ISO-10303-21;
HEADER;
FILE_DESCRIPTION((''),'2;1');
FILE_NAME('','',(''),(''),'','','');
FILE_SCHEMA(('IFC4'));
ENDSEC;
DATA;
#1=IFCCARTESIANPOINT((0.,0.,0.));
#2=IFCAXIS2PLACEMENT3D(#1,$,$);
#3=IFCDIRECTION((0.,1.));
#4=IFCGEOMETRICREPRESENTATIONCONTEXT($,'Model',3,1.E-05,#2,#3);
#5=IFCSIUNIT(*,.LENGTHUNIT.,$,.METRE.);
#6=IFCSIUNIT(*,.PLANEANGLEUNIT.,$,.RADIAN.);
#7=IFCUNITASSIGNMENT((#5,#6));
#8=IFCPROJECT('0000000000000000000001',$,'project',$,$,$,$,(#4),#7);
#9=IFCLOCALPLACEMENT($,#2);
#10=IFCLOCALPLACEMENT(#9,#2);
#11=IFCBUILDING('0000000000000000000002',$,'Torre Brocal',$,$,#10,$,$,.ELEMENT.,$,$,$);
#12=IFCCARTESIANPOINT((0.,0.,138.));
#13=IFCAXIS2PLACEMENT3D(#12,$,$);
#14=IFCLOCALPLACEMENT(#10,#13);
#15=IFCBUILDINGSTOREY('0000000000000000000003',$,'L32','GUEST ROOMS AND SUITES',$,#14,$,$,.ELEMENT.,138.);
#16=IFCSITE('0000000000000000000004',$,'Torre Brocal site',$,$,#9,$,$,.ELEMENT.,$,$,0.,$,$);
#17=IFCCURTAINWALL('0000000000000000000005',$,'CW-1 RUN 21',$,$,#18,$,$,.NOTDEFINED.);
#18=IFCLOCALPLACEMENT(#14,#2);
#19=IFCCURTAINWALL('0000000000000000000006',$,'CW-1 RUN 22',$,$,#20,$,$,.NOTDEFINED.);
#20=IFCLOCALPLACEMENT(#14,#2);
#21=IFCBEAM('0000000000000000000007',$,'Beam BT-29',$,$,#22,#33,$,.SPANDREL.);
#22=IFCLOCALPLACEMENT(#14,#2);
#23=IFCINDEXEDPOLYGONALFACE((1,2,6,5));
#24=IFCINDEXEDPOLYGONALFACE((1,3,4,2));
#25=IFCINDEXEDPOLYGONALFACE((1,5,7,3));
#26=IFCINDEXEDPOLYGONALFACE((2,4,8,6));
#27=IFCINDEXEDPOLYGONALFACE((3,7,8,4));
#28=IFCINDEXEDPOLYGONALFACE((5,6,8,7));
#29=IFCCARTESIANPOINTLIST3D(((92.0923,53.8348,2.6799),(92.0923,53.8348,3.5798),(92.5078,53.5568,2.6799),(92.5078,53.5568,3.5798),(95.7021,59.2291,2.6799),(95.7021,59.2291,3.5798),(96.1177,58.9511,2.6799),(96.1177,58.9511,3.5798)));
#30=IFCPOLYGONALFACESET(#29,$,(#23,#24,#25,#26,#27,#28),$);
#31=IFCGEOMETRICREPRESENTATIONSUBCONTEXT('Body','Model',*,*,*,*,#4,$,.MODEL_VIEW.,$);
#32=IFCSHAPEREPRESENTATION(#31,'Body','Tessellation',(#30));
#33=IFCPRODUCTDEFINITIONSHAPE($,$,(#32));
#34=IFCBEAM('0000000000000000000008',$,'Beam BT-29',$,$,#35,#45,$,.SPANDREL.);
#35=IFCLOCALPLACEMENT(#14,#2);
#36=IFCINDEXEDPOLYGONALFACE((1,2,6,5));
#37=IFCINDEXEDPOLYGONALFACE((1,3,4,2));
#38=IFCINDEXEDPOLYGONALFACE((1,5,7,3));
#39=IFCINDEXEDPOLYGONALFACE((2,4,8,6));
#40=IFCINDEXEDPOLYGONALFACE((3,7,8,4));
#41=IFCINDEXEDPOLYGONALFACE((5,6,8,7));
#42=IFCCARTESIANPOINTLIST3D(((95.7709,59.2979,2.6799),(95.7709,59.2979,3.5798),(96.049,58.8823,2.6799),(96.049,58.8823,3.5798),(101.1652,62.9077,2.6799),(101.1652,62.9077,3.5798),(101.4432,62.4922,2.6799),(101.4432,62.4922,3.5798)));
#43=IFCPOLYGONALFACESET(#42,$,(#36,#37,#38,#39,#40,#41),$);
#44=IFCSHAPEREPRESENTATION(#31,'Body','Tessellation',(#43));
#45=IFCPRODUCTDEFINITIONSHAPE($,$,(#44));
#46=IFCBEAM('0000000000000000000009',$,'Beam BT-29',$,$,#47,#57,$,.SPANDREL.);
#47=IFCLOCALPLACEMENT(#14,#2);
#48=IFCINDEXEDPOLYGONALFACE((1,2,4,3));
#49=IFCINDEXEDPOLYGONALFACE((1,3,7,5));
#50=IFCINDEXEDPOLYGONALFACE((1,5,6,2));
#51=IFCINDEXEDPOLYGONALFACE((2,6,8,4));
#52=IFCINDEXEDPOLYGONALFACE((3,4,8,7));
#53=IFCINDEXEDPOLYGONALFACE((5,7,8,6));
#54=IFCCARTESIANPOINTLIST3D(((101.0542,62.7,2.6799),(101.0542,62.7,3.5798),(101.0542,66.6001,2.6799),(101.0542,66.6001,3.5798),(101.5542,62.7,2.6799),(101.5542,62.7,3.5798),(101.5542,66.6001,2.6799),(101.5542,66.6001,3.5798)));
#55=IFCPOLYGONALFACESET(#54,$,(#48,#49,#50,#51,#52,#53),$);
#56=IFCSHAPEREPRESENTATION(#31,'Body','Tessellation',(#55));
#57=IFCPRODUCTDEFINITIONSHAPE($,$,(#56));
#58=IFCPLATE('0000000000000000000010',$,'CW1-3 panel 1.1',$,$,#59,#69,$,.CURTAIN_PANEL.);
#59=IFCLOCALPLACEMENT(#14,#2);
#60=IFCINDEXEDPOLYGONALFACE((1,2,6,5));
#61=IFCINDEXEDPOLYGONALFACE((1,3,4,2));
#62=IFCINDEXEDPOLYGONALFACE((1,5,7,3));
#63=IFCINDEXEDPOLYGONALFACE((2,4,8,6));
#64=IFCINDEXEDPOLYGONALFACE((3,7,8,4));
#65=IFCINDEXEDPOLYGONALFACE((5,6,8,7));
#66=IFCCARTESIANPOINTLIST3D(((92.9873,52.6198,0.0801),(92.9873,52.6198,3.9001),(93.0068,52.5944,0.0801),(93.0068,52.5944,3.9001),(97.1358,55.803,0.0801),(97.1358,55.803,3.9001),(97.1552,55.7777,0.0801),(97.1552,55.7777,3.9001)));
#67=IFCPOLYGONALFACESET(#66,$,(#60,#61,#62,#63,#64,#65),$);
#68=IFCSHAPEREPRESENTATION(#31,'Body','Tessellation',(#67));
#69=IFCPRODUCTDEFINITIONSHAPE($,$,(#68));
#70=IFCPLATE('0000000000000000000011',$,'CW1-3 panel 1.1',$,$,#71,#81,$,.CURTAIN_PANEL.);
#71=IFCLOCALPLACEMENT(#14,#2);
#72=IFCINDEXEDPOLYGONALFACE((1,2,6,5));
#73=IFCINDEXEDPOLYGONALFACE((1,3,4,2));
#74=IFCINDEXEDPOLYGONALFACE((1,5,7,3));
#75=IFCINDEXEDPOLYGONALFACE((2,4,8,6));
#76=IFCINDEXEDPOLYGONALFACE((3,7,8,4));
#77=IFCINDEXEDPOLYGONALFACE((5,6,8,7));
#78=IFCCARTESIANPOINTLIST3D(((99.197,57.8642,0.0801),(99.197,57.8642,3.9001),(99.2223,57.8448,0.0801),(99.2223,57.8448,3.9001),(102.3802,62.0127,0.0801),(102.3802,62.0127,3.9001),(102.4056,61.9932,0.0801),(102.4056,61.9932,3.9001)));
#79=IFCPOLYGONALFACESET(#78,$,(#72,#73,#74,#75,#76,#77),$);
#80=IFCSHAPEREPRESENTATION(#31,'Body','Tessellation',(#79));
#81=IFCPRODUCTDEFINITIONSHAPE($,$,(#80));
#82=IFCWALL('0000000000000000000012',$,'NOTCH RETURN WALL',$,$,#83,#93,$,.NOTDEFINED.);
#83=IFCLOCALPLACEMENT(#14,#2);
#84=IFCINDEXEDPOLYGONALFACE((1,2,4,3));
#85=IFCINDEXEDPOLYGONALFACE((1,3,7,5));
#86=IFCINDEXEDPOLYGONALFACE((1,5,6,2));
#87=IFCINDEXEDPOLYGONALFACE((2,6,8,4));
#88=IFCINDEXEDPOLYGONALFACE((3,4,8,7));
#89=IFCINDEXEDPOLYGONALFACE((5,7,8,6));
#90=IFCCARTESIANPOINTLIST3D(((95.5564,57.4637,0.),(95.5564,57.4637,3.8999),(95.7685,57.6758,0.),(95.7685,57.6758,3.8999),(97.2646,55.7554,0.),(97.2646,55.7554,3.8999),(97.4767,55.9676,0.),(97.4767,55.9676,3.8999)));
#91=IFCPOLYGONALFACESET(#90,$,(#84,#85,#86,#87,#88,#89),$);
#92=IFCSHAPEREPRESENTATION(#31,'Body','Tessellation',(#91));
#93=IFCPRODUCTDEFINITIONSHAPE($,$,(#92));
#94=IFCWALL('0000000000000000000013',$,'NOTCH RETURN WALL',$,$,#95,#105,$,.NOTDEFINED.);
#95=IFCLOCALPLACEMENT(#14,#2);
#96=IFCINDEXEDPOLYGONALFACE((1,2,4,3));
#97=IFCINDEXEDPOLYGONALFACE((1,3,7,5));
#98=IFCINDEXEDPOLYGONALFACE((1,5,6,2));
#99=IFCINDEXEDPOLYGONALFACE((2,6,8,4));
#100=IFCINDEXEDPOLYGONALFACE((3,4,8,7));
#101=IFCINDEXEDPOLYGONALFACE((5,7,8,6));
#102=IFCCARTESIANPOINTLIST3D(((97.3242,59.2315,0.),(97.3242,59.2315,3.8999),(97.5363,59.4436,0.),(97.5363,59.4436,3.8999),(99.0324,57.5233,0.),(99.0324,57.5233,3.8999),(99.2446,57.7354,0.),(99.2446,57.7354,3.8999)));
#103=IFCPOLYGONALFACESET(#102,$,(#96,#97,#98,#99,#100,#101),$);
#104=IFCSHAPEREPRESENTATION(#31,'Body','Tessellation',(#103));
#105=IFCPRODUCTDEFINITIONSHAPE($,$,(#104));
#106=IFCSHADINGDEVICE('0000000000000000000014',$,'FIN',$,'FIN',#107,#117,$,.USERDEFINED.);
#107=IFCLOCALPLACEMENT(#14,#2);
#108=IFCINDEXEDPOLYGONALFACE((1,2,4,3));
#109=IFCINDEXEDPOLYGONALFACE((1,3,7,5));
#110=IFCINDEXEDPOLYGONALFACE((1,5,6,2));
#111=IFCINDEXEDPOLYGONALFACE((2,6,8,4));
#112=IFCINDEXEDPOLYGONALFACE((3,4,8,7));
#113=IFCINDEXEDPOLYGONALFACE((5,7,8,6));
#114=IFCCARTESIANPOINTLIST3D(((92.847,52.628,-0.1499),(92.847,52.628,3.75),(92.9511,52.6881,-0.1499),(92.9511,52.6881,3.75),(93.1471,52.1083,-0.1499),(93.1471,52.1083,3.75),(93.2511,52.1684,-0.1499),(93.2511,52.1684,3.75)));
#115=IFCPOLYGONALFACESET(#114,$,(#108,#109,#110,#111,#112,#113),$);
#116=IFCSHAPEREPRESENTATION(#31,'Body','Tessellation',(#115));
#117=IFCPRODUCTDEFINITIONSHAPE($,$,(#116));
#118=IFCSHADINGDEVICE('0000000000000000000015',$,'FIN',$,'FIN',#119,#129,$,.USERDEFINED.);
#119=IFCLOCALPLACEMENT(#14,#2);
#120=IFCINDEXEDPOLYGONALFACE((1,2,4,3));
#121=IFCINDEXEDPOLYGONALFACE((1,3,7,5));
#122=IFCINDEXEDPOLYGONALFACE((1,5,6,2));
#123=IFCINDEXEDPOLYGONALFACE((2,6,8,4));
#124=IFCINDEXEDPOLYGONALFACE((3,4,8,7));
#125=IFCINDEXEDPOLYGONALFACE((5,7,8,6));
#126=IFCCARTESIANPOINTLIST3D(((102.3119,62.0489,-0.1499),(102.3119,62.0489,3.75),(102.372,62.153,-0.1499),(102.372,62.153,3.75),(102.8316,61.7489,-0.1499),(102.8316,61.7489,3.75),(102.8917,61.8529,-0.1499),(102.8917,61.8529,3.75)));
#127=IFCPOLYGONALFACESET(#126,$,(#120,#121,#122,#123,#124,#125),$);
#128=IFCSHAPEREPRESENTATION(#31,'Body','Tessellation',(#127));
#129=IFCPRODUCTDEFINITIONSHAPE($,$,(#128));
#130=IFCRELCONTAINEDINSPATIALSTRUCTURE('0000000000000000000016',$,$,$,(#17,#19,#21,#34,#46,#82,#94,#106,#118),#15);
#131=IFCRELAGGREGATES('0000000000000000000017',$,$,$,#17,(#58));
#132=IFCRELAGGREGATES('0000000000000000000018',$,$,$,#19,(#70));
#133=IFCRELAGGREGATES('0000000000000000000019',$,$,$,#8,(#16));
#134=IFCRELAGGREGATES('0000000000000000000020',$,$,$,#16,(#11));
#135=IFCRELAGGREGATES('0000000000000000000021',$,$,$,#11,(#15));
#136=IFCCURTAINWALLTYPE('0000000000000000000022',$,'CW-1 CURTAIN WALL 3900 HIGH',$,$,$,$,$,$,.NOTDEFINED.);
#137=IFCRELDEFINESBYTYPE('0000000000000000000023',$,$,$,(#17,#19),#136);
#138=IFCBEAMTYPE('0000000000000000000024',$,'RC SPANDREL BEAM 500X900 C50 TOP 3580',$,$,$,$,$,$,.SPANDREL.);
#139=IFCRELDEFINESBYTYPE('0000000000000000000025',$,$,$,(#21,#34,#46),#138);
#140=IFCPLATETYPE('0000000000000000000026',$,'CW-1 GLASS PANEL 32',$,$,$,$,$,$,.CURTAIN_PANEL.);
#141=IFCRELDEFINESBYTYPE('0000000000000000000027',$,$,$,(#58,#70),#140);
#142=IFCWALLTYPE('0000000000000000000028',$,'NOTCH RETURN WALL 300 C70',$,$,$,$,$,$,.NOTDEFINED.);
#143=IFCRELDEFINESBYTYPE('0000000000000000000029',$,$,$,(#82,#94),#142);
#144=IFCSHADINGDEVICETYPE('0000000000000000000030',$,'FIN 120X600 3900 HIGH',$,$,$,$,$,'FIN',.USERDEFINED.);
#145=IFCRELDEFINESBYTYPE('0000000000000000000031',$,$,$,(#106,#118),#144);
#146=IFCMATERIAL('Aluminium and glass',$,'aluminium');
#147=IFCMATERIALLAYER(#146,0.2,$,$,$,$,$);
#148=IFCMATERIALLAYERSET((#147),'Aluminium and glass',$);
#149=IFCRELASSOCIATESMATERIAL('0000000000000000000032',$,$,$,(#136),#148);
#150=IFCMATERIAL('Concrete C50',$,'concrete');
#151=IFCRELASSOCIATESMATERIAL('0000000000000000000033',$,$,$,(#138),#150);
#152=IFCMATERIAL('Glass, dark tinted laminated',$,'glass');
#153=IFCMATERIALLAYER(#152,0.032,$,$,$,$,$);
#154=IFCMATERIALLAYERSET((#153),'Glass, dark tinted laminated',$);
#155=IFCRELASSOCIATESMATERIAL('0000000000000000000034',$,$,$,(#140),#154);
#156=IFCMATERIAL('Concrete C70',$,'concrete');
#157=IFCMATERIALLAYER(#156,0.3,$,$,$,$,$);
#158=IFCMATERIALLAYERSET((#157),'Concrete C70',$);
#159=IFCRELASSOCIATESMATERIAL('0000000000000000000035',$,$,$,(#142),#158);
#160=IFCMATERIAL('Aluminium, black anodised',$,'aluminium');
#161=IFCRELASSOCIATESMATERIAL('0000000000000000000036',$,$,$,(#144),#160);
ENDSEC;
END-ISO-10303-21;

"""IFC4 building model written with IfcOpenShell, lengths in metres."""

from ifc_helpers import new_model, si_unit, direction, frame, frame_2d, origin, origin_2d, place, context, subcontext, project, spatial, rectangle, extrude, material, layer, layer_set, material_profile, profile_set, type_object, element, aggregate, save


model = new_model("IFC4")

# Units and contexts
model_context = context("Model", 3, precision=1e-05, world=origin(), true_north=direction((0.0, 1.0)))
body_context = subcontext(model_context, "Body", "Model", "MODEL_VIEW")
ifc_project = project(units=[si_unit("LENGTHUNIT", "METRE"), si_unit("PLANEANGLEUNIT", "RADIAN")], contexts=[model_context])

# Site, building, storey
site_placement = place(None, origin())
site = spatial("IfcSite", under=ifc_project, at=site_placement, Name="Torre Brocal site", CompositionType="ELEMENT", RefElevation=0.0)
building_placement = place(site_placement, origin())
building = spatial("IfcBuilding", under=site, at=building_placement, Name="Torre Brocal", CompositionType="ELEMENT")
storey_placement = place(building_placement, frame((0.0, 0.0, 138.0)))
storey = spatial("IfcBuildingStorey", under=building, at=storey_placement, Name="L32", Description="GUEST ROOMS AND SUITES", CompositionType="ELEMENT", Elevation=138.0)

# Shared definitions
ifc_material_1 = material(Name="Aluminium and glass", Category="aluminium")
ifc_layer_1 = layer(ifc_material_1, 0.2)
ifc_layer_set_1 = layer_set([ifc_layer_1], Name="Aluminium and glass")
curtain_wall_type = type_object("IfcCurtainWallType", Name="CW-1 CURTAIN WALL 3900 HIGH", PredefinedType="NOTDEFINED", material=ifc_layer_set_1)

# Curtain walls
curtain_wall_1_placement = place(storey_placement, origin())
curtain_wall_1 = element("IfcCurtainWall", 1, at=curtain_wall_1_placement, inside=storey, type_object=curtain_wall_type, Name="CW-1 RUN 21", PredefinedType="NOTDEFINED")
curtain_wall_2_placement = place(storey_placement, origin())
curtain_wall_2 = element("IfcCurtainWall", 2, at=curtain_wall_2_placement, inside=storey, type_object=curtain_wall_type, Name="CW-1 RUN 22", PredefinedType="NOTDEFINED")

# Beams
ifc_material_2 = material(Name="Concrete C50", Category="concrete")
ifc_material_profile_1 = material_profile(ifc_material_2, rectangle(XDim=0.5, YDim=0.8999, at=origin_2d()), Name="RC 500X900")
ifc_profile_set_1 = profile_set([ifc_material_profile_1], Name="Concrete C50")
beam_type_1 = type_object("IfcBeamType", Name="RC SPANDREL BEAM 500X900 C50 TOP 3580", PredefinedType="SPANDREL", material=ifc_profile_set_1)
for number, where, z_axis, x_axis, name in (
    (3, (92.3, 53.6958, 3.1299), (0.556158, 0.831077, 0.0), (-0.831077, 0.556158, 0.0), "Beam BT-29"),
    (4, (95.9099, 59.0901, 3.1299), (0.831077, 0.556158, 0.0), (-0.556158, 0.831077, 0.0), "Beam BT-29"),
):
    element("IfcBeam", number, at=place(storey_placement, frame(where, z_axis=z_axis, x_axis=x_axis)), inside=storey, type_object=beam_type_1, Name=name, PredefinedType="SPANDREL", context=body_context, shape_type="SweptSolid", body=[
        extrude(rectangle(XDim=0.5, YDim=0.8999, at=origin_2d()), origin(), (0.0, 0.0, 1.0), 6.4907),
    ])
beam_1_placement = place(storey_placement, frame((101.3042, 62.7, 3.1299), z_axis=(0.0, 1.0, 0.0), x_axis=(-1.0, 0.0, 0.0)))
element("IfcBeam", 5, at=beam_1_placement, inside=storey, type_object=beam_type_1, Name="Beam BT-29", PredefinedType="SPANDREL", context=body_context, shape_type="SweptSolid", body=[
    extrude(rectangle(XDim=0.5, YDim=0.8999, at=origin_2d()), origin(), (0.0, 0.0, 1.0), 3.9001),
])

# Plates
ifc_material_3 = material(Name="Glass, dark tinted laminated", Category="glass")
ifc_layer_2 = layer(ifc_material_3, 0.032)
ifc_layer_set_2 = layer_set([ifc_layer_2], Name="Glass, dark tinted laminated")
plate_type = type_object("IfcPlateType", Name="CW-1 GLASS PANEL 32", PredefinedType="CURTAIN_PANEL", material=ifc_layer_set_2)
plate_1_placement = place(storey_placement, frame((95.0713, 54.1987, 0.0801), z_axis=(0.0, 0.0, 1.0), x_axis=(0.793353, 0.608761, 0.0)))
plate_1 = element("IfcPlate", 6, at=plate_1_placement, type_object=plate_type, Name="CW1-3 panel 1.1", PredefinedType="CURTAIN_PANEL", context=body_context, shape_type="SweptSolid", body=[
    extrude(rectangle(XDim=5.229, YDim=0.032, at=origin_2d()), origin(), (0.0, 0.0, 1.0), 3.8201),
])
aggregate(curtain_wall_1, [plate_1])
plate_2_placement = place(storey_placement, frame((100.8013, 59.9287, 0.0801), z_axis=(0.0, 0.0, 1.0), x_axis=(0.608761, 0.793353, 0.0)))
plate_2 = element("IfcPlate", 7, at=plate_2_placement, type_object=plate_type, Name="CW1-3 panel 1.1", PredefinedType="CURTAIN_PANEL", context=body_context, shape_type="SweptSolid", body=[
    extrude(rectangle(XDim=5.229, YDim=0.032, at=origin_2d()), origin(), (0.0, 0.0, 1.0), 3.8201),
])
aggregate(curtain_wall_2, [plate_2])

# Walls
ifc_material_4 = material(Name="Concrete C70", Category="concrete")
ifc_layer_3 = layer(ifc_material_4, 0.3)
ifc_layer_set_3 = layer_set([ifc_layer_3], Name="Concrete C70")
wall_type = type_object("IfcWallType", Name="NOTCH RETURN WALL 300 C70", PredefinedType="NOTDEFINED", material=ifc_layer_set_3)
for number, where, z_axis, x_axis, name in (
    (8, (95.6624, 57.5698, 0.0), (0.0, 0.0, 1.0), (0.707107, -0.707107, 0.0), "NOTCH RETURN WALL"),
    (9, (97.4302, 59.3376, 0.0), (0.0, 0.0, 1.0), (0.707107, -0.707107, 0.0), "NOTCH RETURN WALL"),
):
    element("IfcWall", number, at=place(storey_placement, frame(where, z_axis=z_axis, x_axis=x_axis)), inside=storey, type_object=wall_type, Name=name, PredefinedType="NOTDEFINED", context=body_context, shape_type="SweptSolid", body=[
        extrude(rectangle(XDim=2.4158, YDim=0.3, at=frame_2d((1.208, 0.0))), origin(), (0.0, 0.0, 1.0), 3.8999),
    ])

# Shading devices
ifc_material_5 = material(Name="Aluminium, black anodised", Category="aluminium")
ifc_material_profile_2 = material_profile(ifc_material_5, rectangle(XDim=0.1201, YDim=0.6001, at=origin_2d()), Name="FIN 120X600 3900 HIGH")
ifc_profile_set_2 = profile_set([ifc_material_profile_2], Name="Aluminium, black anodised")
shading_device_type = type_object("IfcShadingDeviceType", Name="FIN 120X600 3900 HIGH", ElementType="FIN", PredefinedType="USERDEFINED", material=ifc_profile_set_2)
for number, where, z_axis, x_axis, name in (
    (10, (93.0491, 52.3982, -0.1499), (0.0, 0.0, 1.0), (0.866025, 0.5, 0.0), "FIN"),
    (11, (102.6018, 61.9509, -0.1499), (0.0, 0.0, 1.0), (0.5, 0.866025, 0.0), "FIN"),
):
    element("IfcShadingDevice", number, at=place(storey_placement, frame(where, z_axis=z_axis, x_axis=x_axis)), inside=storey, type_object=shading_device_type, Name=name, ObjectType="FIN", PredefinedType="USERDEFINED", context=body_context, shape_type="SweptSolid", body=[
        extrude(rectangle(XDim=0.1201, YDim=0.6001, at=origin_2d()), origin(), (0.0, 0.0, 1.0), 3.8999),
    ])

save(model, "model.ifc")
